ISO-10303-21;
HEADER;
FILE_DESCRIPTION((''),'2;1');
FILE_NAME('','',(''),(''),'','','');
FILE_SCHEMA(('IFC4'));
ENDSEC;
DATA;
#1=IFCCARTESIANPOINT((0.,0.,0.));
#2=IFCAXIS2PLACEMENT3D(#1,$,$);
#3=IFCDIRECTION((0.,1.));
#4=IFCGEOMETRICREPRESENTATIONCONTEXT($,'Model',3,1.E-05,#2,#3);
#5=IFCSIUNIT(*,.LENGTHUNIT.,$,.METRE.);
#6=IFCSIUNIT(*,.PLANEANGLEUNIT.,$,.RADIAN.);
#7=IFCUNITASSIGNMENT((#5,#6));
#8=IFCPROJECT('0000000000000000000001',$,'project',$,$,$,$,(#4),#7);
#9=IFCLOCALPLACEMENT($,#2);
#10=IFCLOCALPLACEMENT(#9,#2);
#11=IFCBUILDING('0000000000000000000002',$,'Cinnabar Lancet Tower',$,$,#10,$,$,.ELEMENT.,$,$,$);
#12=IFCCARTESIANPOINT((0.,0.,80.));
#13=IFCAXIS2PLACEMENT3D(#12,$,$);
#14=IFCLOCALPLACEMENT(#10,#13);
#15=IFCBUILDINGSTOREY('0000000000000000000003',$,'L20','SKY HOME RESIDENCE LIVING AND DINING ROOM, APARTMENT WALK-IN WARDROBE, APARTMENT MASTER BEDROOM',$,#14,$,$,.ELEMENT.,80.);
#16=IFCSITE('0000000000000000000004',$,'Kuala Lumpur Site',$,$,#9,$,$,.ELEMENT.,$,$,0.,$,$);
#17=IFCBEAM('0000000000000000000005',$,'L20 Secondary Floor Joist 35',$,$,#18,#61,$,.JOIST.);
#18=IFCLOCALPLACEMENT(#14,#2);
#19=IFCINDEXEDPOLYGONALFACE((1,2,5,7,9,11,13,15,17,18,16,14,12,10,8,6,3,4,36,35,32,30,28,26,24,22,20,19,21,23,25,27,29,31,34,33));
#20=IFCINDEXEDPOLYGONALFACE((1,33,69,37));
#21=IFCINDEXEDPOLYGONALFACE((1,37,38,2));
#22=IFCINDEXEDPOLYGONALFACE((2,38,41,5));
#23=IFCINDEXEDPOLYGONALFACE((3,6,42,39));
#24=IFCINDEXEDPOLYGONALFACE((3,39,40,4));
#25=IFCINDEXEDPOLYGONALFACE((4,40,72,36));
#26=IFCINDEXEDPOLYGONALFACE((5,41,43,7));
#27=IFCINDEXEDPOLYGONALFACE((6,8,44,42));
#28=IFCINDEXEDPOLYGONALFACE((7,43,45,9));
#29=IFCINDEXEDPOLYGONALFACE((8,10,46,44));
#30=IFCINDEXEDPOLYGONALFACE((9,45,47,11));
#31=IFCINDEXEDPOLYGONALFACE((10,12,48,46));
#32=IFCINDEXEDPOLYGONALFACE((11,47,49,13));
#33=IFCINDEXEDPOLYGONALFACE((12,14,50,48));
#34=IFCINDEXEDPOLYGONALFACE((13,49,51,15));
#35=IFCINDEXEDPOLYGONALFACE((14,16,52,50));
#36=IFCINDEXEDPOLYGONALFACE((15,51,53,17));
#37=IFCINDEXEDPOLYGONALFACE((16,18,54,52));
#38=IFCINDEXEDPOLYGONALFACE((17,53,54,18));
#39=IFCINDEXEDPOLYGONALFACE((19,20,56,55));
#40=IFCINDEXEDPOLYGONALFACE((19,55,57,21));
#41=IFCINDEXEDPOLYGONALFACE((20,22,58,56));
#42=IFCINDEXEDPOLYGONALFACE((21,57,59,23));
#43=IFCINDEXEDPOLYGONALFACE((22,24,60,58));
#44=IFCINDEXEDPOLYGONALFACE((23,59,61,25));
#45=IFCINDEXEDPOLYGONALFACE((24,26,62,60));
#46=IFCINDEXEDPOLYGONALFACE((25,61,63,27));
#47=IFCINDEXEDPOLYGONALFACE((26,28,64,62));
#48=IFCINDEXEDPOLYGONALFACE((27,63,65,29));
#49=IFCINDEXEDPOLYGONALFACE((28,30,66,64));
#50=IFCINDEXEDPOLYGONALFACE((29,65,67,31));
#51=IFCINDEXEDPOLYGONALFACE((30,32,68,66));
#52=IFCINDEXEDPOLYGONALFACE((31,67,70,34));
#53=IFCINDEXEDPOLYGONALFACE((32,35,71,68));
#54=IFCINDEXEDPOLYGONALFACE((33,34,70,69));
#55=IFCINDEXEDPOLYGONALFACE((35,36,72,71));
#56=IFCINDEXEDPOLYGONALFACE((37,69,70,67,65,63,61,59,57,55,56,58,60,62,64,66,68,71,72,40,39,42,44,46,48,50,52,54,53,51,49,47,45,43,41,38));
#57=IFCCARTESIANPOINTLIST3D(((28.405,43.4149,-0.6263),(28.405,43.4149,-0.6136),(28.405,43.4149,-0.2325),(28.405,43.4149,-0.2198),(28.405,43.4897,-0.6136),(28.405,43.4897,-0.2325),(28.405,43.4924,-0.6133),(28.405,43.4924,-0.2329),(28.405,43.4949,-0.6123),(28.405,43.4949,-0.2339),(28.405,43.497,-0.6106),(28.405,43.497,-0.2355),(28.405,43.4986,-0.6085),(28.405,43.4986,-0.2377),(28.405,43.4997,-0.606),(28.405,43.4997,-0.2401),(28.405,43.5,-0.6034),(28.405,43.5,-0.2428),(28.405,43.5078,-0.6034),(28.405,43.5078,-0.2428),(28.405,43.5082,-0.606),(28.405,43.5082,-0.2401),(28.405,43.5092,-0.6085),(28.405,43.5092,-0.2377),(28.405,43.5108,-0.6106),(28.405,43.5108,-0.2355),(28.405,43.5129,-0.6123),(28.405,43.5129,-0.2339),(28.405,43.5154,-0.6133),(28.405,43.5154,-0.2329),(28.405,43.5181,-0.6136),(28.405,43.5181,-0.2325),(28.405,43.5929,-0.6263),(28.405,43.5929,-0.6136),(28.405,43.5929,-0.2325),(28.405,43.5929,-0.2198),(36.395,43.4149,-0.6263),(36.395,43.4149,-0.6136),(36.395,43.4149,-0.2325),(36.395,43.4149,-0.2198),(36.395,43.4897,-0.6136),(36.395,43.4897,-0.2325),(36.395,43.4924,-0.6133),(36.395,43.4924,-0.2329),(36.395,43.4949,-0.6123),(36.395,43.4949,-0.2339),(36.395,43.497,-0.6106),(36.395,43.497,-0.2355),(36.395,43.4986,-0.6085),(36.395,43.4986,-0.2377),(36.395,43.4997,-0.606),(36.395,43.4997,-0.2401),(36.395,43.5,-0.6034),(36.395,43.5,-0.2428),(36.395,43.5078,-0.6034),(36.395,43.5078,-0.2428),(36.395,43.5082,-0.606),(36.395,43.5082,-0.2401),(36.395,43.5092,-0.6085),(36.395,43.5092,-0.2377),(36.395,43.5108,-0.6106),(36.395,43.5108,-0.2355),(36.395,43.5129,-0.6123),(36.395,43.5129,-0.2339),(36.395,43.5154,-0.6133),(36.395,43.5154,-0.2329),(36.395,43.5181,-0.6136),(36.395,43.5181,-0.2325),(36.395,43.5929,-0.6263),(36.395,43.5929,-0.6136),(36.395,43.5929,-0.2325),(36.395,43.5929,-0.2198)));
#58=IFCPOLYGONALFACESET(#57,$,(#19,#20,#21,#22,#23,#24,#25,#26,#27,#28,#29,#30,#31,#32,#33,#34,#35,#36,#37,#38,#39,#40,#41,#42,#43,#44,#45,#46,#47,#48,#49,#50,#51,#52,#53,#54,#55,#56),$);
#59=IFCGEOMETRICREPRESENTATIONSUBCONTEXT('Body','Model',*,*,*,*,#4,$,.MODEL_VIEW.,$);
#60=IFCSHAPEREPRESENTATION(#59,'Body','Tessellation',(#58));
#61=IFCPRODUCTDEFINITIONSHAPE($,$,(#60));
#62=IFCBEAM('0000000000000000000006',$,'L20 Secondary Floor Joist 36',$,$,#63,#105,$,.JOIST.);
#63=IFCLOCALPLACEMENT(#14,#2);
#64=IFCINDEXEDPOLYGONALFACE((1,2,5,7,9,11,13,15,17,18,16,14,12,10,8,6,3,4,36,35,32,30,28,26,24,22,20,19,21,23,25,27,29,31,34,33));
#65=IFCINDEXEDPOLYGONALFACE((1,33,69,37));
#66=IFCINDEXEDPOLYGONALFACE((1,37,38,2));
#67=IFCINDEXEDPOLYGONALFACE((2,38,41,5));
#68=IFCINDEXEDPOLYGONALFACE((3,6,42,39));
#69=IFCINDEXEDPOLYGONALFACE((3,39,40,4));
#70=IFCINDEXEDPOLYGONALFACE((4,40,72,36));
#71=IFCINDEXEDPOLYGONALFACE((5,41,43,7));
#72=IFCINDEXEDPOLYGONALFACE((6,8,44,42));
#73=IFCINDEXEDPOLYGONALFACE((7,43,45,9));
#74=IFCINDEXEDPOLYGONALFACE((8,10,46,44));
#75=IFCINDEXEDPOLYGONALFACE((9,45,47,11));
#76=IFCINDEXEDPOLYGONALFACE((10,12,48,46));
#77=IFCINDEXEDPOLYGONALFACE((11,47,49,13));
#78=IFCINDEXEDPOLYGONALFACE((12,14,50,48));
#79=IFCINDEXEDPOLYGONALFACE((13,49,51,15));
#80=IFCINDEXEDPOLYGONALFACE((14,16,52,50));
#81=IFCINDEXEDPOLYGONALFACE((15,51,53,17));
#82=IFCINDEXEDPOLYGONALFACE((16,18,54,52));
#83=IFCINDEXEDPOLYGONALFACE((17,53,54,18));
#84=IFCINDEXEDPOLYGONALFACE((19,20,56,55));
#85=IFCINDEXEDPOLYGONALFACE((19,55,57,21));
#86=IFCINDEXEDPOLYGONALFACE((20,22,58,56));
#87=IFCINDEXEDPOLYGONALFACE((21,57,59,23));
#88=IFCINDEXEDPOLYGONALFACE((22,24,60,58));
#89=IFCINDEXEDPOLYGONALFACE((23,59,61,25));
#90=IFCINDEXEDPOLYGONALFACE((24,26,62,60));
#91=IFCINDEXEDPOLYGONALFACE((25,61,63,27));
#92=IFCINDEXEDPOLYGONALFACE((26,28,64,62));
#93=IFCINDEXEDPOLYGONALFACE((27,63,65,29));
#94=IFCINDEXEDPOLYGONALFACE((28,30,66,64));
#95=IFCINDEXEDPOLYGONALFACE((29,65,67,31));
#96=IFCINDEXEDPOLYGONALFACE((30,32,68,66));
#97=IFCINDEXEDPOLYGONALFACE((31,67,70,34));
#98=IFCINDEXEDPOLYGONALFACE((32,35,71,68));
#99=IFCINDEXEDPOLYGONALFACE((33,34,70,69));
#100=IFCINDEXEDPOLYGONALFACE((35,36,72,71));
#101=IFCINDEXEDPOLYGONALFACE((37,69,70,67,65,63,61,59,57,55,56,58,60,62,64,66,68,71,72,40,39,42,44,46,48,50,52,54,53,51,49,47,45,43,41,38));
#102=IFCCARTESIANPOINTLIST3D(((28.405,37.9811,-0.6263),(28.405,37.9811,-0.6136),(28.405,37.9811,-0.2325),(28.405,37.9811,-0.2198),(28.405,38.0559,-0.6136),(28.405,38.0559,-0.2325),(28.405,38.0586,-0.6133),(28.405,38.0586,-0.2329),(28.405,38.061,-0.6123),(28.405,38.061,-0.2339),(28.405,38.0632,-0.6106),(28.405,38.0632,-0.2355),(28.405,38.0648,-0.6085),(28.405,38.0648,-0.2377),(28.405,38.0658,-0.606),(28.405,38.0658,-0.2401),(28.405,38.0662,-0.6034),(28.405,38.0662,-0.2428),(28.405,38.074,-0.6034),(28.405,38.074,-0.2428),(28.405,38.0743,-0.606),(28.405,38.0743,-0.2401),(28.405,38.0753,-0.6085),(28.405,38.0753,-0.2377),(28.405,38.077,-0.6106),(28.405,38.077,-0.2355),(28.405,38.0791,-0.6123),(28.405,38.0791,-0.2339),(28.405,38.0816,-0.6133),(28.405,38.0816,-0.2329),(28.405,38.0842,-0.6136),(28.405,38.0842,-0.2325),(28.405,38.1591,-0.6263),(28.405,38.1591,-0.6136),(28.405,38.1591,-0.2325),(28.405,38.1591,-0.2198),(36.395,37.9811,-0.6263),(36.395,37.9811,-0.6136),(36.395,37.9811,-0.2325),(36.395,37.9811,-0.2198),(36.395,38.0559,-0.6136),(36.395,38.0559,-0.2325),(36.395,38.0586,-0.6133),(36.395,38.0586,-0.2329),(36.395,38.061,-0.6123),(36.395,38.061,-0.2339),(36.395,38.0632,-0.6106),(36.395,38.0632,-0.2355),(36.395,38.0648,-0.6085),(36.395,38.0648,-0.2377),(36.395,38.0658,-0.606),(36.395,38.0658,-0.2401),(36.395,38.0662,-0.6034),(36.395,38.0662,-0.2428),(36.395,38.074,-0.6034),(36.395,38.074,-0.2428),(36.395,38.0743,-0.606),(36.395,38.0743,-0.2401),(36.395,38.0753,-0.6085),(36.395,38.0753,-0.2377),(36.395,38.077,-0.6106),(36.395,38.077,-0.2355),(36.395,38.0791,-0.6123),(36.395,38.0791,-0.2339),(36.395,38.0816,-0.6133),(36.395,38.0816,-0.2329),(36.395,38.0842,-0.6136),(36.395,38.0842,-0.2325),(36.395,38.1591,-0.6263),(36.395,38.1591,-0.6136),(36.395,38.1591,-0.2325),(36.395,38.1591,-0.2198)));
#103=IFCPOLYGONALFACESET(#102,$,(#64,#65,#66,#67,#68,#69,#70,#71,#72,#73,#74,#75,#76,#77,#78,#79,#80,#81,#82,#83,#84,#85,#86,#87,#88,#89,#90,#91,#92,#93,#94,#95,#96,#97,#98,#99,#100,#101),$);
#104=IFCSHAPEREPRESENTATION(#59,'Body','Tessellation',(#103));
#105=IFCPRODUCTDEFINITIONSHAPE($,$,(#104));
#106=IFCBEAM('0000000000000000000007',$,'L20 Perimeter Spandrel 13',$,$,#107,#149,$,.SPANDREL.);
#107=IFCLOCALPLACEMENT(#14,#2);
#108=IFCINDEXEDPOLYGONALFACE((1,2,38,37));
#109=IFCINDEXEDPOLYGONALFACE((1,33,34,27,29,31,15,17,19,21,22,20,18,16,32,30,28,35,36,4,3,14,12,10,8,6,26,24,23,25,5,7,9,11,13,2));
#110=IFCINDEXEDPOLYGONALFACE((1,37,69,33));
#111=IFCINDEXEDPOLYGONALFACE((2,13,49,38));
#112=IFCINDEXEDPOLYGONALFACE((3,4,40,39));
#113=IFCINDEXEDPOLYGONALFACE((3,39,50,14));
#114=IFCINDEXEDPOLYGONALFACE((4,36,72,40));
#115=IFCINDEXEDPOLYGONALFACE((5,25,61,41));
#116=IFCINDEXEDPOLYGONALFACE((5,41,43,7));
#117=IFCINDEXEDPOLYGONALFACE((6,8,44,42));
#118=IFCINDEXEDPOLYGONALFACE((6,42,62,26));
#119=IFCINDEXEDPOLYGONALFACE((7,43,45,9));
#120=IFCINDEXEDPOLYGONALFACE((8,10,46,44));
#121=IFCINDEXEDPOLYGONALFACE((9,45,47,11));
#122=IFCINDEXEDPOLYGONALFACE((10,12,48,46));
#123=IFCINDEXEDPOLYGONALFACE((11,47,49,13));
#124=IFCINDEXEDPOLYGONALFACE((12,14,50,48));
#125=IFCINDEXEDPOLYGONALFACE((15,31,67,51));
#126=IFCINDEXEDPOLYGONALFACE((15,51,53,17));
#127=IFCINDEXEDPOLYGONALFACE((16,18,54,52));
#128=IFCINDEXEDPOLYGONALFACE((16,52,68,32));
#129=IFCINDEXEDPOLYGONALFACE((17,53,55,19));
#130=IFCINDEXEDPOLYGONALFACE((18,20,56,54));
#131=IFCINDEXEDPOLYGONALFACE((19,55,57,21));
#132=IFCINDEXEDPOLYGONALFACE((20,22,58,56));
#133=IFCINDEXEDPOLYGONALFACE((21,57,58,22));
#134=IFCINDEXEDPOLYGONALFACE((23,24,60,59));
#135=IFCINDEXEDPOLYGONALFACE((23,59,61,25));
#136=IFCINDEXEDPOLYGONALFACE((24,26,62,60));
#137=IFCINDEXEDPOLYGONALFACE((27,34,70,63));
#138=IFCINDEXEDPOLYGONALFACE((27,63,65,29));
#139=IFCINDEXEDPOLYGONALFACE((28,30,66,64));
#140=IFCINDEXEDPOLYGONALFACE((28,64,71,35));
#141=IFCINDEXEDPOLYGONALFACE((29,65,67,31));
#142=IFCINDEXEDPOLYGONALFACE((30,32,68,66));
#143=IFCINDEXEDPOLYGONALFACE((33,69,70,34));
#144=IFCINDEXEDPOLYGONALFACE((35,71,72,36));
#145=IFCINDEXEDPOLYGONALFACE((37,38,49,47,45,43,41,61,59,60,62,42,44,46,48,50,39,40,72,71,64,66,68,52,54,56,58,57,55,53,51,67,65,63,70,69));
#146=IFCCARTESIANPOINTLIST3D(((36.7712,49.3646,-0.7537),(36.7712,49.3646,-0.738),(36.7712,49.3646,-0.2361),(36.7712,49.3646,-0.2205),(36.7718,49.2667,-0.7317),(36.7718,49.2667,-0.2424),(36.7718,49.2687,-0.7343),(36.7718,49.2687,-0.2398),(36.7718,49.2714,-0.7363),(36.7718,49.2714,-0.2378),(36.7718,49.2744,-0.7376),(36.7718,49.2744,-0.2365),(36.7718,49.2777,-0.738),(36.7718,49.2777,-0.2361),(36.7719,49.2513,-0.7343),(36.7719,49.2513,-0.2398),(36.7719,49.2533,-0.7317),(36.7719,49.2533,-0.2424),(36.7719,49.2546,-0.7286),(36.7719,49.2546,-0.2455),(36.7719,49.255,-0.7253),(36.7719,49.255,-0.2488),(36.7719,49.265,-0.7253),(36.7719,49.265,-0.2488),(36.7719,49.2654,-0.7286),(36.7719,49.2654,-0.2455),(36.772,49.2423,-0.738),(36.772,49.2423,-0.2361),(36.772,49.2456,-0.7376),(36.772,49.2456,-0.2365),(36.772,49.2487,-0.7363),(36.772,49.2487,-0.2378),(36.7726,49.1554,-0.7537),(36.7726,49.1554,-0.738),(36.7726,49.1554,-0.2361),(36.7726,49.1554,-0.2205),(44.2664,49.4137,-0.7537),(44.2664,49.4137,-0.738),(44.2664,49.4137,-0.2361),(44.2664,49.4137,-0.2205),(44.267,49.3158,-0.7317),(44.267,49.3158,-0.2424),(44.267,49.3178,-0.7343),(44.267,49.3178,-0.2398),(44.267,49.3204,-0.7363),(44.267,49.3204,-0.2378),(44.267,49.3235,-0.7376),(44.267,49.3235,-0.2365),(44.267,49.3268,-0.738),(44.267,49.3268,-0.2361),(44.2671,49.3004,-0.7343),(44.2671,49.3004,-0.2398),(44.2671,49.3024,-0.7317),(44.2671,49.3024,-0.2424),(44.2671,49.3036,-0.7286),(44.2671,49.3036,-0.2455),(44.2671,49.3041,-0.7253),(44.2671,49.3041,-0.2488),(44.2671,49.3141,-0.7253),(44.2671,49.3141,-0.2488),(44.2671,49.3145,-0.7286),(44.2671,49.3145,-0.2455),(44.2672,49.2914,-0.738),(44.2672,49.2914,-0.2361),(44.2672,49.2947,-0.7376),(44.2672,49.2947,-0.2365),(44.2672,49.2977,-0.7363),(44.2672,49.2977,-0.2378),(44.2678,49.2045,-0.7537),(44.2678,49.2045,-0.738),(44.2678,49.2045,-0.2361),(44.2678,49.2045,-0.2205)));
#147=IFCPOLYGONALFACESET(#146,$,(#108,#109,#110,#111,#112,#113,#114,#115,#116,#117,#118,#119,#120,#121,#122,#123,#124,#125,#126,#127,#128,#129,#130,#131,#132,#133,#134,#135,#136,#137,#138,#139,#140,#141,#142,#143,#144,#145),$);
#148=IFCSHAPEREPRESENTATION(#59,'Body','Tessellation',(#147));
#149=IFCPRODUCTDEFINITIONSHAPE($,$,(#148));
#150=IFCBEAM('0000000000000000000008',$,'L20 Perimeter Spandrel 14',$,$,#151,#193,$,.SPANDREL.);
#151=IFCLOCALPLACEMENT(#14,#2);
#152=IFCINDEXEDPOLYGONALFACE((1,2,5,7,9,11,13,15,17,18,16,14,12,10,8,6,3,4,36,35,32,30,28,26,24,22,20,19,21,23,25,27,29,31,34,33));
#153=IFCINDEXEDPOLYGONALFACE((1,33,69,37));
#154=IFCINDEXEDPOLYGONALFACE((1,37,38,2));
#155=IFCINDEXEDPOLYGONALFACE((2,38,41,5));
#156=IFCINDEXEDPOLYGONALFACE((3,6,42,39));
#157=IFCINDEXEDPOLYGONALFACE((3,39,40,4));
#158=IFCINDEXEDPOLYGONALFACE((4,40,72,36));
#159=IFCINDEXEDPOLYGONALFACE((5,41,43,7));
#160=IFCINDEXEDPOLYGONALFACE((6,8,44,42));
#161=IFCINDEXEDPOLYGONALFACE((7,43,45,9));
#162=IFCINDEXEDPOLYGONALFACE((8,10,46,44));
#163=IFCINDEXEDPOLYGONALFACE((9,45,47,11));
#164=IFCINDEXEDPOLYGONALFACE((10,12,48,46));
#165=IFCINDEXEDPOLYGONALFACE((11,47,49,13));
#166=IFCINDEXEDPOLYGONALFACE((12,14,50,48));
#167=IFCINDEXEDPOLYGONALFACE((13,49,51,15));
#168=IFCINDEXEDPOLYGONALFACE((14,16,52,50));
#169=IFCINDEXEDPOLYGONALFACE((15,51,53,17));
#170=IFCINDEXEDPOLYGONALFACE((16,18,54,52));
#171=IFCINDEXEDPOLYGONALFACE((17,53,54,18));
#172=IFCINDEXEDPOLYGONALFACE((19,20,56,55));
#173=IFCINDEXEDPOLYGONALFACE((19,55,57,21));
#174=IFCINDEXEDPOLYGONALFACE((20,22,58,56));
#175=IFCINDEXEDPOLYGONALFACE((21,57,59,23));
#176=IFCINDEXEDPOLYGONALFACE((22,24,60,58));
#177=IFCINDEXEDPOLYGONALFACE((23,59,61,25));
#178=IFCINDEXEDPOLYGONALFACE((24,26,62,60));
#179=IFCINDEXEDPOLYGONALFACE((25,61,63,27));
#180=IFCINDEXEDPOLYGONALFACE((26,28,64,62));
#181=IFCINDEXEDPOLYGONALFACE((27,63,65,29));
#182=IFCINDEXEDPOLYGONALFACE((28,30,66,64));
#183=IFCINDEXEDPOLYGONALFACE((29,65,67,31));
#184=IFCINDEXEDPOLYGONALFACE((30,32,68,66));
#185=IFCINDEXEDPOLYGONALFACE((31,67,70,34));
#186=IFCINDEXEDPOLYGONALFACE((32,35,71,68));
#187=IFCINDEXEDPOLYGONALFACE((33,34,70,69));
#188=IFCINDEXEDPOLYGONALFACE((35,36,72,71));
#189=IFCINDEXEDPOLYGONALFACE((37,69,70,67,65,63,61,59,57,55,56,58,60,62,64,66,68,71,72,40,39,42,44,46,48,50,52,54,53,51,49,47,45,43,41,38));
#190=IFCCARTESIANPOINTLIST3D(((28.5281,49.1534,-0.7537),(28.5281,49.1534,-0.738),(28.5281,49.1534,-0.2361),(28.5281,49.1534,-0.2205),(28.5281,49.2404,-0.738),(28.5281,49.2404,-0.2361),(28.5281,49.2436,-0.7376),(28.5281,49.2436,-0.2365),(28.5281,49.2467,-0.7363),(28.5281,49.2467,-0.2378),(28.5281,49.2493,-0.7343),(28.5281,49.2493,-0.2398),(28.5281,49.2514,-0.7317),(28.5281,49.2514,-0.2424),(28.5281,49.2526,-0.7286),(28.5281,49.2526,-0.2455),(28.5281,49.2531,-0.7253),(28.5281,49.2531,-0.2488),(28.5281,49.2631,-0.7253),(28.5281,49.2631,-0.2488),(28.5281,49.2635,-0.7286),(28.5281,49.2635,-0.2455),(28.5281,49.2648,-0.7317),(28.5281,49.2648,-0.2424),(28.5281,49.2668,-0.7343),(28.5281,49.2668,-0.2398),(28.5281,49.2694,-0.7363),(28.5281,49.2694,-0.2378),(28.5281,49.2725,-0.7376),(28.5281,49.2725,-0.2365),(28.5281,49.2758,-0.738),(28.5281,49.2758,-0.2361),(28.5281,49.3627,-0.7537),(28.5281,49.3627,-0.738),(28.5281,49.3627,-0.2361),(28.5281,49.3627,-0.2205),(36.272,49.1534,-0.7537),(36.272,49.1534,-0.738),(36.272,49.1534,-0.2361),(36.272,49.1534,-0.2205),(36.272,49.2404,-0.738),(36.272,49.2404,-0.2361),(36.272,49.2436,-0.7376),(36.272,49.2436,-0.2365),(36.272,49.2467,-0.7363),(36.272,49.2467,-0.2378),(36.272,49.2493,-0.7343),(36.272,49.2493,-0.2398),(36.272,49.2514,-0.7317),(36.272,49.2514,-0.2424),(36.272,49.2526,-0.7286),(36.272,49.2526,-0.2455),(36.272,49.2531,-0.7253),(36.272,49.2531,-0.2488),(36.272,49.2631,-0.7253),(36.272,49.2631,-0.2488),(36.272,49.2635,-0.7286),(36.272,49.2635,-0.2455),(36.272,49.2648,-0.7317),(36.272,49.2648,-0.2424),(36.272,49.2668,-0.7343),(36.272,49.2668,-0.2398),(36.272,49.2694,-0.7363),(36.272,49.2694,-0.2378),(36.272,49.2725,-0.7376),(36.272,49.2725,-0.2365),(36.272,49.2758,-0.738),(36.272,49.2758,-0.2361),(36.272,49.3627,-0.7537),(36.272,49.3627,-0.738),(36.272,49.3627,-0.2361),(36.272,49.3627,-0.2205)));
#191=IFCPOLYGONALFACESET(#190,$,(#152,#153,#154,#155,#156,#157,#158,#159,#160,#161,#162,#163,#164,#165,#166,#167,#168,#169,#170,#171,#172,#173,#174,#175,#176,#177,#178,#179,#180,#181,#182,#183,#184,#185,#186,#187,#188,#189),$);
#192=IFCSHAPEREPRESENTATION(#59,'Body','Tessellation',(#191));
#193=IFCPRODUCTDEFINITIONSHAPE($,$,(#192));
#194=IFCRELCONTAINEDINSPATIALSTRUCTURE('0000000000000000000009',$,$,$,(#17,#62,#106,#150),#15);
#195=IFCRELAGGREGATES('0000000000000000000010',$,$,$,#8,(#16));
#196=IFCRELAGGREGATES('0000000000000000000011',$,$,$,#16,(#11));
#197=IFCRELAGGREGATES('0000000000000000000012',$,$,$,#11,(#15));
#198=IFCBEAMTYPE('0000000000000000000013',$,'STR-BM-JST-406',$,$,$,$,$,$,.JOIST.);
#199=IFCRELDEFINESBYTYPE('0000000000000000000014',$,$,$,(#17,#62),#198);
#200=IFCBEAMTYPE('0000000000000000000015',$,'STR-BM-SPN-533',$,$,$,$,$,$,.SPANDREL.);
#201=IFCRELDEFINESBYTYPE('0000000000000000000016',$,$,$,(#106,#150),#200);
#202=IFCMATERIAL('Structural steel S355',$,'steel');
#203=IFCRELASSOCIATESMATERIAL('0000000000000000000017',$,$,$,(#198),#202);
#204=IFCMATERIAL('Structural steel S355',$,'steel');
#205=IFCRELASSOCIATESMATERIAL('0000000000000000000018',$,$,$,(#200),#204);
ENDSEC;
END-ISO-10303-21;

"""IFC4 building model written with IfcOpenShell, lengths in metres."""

from ifc_helpers import new_model, si_unit, direction, frame, origin, origin_2d, place, context, subcontext, project, spatial, i_section, extrude, material, material_profile, profile_set, type_object, element, save


model = new_model("IFC4")

# Units and contexts
model_context = context("Model", 3, precision=1e-05, world=origin(), true_north=direction((0.0, 1.0)))
body_context = subcontext(model_context, "Body", "Model", "MODEL_VIEW")
ifc_project = project(units=[si_unit("LENGTHUNIT", "METRE"), si_unit("PLANEANGLEUNIT", "RADIAN")], contexts=[model_context])

# Site, building, storey
site_placement = place(None, origin())
site = spatial("IfcSite", under=ifc_project, at=site_placement, Name="Kuala Lumpur Site", CompositionType="ELEMENT", RefElevation=0.0)
building_placement = place(site_placement, origin())
building = spatial("IfcBuilding", under=site, at=building_placement, Name="Cinnabar Lancet Tower", CompositionType="ELEMENT")
storey_placement = place(building_placement, frame((0.0, 0.0, 80.0)))
storey = spatial("IfcBuildingStorey", under=building, at=storey_placement, Name="L20", Description="SKY HOME RESIDENCE LIVING AND DINING ROOM, APARTMENT WALK-IN WARDROBE, APARTMENT MASTER BEDROOM", CompositionType="ELEMENT", Elevation=80.0)

# Beams
ifc_material_1 = material(Name="Structural steel S355", Category="steel")
ifc_material_profile_1 = material_profile(ifc_material_1, i_section(OverallWidth=0.178, OverallDepth=0.4065, WebThickness=0.0078, FlangeThickness=0.0127, FilletRadius=0.0103, at=origin_2d()), Name="UKB 406x178x60")
ifc_profile_set_1 = profile_set([ifc_material_profile_1], Name="Structural steel S355")
beam_type_1 = type_object("IfcBeamType", Name="STR-BM-JST-406", PredefinedType="JOIST", material=ifc_profile_set_1)
for number, where, z_axis, x_axis, name in (
    (1, (36.395, 43.5039, -0.4231), (-1.0, 0.0, 0.0), (0.0, -1.0, 0.0), "L20 Secondary Floor Joist 35"),
    (2, (36.395, 38.0701, -0.4231), (-1.0, 0.0, 0.0), (0.0, -1.0, 0.0), "L20 Secondary Floor Joist 36"),
):
    element("IfcBeam", number, at=place(storey_placement, frame(where, z_axis=z_axis, x_axis=x_axis)), inside=storey, type_object=beam_type_1, Name=name, PredefinedType="JOIST", context=body_context, shape_type="SweptSolid", body=[
        extrude(i_section(OverallWidth=0.178, OverallDepth=0.4065, WebThickness=0.0078, FlangeThickness=0.0127, FilletRadius=0.0103, at=origin_2d()), origin(), (0.0, 0.0, 1.0), 7.99),
    ])
ifc_material_2 = material(Name="Structural steel S355", Category="steel")
ifc_material_profile_2 = material_profile(ifc_material_2, i_section(OverallWidth=0.2092, OverallDepth=0.5332, WebThickness=0.01, FlangeThickness=0.0156, FilletRadius=0.0127, at=origin_2d()), Name="UKB 533x210x92")
ifc_profile_set_2 = profile_set([ifc_material_profile_2], Name="Structural steel S355")
beam_type_2 = type_object("IfcBeamType", Name="STR-BM-SPN-533", PredefinedType="SPANDREL", material=ifc_profile_set_2)
beam_1_placement = place(storey_placement, frame((44.2671, 49.3091, -0.4871), z_axis=(-0.999979, -0.006547, 0.0), x_axis=(0.006547, -0.999979, 0.0)))
element("IfcBeam", 3, at=beam_1_placement, inside=storey, type_object=beam_type_2, Name="L20 Perimeter Spandrel 13", PredefinedType="SPANDREL", context=body_context, shape_type="SweptSolid", body=[
    extrude(i_section(OverallWidth=0.2092, OverallDepth=0.5332, WebThickness=0.01, FlangeThickness=0.0156, FilletRadius=0.0127, at=origin_2d()), origin(), (0.0, 0.0, 1.0), 7.4954),
])
beam_2_placement = place(storey_placement, frame((36.272, 49.2581, -0.4871), z_axis=(-1.0, 0.0, 0.0), x_axis=(0.0, -1.0, 0.0)))
element("IfcBeam", 4, at=beam_2_placement, inside=storey, type_object=beam_type_2, Name="L20 Perimeter Spandrel 14", PredefinedType="SPANDREL", context=body_context, shape_type="SweptSolid", body=[
    extrude(i_section(OverallWidth=0.2092, OverallDepth=0.5332, WebThickness=0.01, FlangeThickness=0.0156, FilletRadius=0.0127, at=origin_2d()), origin(), (0.0, 0.0, 1.0), 7.7439),
])

save(model, "model.ifc")
